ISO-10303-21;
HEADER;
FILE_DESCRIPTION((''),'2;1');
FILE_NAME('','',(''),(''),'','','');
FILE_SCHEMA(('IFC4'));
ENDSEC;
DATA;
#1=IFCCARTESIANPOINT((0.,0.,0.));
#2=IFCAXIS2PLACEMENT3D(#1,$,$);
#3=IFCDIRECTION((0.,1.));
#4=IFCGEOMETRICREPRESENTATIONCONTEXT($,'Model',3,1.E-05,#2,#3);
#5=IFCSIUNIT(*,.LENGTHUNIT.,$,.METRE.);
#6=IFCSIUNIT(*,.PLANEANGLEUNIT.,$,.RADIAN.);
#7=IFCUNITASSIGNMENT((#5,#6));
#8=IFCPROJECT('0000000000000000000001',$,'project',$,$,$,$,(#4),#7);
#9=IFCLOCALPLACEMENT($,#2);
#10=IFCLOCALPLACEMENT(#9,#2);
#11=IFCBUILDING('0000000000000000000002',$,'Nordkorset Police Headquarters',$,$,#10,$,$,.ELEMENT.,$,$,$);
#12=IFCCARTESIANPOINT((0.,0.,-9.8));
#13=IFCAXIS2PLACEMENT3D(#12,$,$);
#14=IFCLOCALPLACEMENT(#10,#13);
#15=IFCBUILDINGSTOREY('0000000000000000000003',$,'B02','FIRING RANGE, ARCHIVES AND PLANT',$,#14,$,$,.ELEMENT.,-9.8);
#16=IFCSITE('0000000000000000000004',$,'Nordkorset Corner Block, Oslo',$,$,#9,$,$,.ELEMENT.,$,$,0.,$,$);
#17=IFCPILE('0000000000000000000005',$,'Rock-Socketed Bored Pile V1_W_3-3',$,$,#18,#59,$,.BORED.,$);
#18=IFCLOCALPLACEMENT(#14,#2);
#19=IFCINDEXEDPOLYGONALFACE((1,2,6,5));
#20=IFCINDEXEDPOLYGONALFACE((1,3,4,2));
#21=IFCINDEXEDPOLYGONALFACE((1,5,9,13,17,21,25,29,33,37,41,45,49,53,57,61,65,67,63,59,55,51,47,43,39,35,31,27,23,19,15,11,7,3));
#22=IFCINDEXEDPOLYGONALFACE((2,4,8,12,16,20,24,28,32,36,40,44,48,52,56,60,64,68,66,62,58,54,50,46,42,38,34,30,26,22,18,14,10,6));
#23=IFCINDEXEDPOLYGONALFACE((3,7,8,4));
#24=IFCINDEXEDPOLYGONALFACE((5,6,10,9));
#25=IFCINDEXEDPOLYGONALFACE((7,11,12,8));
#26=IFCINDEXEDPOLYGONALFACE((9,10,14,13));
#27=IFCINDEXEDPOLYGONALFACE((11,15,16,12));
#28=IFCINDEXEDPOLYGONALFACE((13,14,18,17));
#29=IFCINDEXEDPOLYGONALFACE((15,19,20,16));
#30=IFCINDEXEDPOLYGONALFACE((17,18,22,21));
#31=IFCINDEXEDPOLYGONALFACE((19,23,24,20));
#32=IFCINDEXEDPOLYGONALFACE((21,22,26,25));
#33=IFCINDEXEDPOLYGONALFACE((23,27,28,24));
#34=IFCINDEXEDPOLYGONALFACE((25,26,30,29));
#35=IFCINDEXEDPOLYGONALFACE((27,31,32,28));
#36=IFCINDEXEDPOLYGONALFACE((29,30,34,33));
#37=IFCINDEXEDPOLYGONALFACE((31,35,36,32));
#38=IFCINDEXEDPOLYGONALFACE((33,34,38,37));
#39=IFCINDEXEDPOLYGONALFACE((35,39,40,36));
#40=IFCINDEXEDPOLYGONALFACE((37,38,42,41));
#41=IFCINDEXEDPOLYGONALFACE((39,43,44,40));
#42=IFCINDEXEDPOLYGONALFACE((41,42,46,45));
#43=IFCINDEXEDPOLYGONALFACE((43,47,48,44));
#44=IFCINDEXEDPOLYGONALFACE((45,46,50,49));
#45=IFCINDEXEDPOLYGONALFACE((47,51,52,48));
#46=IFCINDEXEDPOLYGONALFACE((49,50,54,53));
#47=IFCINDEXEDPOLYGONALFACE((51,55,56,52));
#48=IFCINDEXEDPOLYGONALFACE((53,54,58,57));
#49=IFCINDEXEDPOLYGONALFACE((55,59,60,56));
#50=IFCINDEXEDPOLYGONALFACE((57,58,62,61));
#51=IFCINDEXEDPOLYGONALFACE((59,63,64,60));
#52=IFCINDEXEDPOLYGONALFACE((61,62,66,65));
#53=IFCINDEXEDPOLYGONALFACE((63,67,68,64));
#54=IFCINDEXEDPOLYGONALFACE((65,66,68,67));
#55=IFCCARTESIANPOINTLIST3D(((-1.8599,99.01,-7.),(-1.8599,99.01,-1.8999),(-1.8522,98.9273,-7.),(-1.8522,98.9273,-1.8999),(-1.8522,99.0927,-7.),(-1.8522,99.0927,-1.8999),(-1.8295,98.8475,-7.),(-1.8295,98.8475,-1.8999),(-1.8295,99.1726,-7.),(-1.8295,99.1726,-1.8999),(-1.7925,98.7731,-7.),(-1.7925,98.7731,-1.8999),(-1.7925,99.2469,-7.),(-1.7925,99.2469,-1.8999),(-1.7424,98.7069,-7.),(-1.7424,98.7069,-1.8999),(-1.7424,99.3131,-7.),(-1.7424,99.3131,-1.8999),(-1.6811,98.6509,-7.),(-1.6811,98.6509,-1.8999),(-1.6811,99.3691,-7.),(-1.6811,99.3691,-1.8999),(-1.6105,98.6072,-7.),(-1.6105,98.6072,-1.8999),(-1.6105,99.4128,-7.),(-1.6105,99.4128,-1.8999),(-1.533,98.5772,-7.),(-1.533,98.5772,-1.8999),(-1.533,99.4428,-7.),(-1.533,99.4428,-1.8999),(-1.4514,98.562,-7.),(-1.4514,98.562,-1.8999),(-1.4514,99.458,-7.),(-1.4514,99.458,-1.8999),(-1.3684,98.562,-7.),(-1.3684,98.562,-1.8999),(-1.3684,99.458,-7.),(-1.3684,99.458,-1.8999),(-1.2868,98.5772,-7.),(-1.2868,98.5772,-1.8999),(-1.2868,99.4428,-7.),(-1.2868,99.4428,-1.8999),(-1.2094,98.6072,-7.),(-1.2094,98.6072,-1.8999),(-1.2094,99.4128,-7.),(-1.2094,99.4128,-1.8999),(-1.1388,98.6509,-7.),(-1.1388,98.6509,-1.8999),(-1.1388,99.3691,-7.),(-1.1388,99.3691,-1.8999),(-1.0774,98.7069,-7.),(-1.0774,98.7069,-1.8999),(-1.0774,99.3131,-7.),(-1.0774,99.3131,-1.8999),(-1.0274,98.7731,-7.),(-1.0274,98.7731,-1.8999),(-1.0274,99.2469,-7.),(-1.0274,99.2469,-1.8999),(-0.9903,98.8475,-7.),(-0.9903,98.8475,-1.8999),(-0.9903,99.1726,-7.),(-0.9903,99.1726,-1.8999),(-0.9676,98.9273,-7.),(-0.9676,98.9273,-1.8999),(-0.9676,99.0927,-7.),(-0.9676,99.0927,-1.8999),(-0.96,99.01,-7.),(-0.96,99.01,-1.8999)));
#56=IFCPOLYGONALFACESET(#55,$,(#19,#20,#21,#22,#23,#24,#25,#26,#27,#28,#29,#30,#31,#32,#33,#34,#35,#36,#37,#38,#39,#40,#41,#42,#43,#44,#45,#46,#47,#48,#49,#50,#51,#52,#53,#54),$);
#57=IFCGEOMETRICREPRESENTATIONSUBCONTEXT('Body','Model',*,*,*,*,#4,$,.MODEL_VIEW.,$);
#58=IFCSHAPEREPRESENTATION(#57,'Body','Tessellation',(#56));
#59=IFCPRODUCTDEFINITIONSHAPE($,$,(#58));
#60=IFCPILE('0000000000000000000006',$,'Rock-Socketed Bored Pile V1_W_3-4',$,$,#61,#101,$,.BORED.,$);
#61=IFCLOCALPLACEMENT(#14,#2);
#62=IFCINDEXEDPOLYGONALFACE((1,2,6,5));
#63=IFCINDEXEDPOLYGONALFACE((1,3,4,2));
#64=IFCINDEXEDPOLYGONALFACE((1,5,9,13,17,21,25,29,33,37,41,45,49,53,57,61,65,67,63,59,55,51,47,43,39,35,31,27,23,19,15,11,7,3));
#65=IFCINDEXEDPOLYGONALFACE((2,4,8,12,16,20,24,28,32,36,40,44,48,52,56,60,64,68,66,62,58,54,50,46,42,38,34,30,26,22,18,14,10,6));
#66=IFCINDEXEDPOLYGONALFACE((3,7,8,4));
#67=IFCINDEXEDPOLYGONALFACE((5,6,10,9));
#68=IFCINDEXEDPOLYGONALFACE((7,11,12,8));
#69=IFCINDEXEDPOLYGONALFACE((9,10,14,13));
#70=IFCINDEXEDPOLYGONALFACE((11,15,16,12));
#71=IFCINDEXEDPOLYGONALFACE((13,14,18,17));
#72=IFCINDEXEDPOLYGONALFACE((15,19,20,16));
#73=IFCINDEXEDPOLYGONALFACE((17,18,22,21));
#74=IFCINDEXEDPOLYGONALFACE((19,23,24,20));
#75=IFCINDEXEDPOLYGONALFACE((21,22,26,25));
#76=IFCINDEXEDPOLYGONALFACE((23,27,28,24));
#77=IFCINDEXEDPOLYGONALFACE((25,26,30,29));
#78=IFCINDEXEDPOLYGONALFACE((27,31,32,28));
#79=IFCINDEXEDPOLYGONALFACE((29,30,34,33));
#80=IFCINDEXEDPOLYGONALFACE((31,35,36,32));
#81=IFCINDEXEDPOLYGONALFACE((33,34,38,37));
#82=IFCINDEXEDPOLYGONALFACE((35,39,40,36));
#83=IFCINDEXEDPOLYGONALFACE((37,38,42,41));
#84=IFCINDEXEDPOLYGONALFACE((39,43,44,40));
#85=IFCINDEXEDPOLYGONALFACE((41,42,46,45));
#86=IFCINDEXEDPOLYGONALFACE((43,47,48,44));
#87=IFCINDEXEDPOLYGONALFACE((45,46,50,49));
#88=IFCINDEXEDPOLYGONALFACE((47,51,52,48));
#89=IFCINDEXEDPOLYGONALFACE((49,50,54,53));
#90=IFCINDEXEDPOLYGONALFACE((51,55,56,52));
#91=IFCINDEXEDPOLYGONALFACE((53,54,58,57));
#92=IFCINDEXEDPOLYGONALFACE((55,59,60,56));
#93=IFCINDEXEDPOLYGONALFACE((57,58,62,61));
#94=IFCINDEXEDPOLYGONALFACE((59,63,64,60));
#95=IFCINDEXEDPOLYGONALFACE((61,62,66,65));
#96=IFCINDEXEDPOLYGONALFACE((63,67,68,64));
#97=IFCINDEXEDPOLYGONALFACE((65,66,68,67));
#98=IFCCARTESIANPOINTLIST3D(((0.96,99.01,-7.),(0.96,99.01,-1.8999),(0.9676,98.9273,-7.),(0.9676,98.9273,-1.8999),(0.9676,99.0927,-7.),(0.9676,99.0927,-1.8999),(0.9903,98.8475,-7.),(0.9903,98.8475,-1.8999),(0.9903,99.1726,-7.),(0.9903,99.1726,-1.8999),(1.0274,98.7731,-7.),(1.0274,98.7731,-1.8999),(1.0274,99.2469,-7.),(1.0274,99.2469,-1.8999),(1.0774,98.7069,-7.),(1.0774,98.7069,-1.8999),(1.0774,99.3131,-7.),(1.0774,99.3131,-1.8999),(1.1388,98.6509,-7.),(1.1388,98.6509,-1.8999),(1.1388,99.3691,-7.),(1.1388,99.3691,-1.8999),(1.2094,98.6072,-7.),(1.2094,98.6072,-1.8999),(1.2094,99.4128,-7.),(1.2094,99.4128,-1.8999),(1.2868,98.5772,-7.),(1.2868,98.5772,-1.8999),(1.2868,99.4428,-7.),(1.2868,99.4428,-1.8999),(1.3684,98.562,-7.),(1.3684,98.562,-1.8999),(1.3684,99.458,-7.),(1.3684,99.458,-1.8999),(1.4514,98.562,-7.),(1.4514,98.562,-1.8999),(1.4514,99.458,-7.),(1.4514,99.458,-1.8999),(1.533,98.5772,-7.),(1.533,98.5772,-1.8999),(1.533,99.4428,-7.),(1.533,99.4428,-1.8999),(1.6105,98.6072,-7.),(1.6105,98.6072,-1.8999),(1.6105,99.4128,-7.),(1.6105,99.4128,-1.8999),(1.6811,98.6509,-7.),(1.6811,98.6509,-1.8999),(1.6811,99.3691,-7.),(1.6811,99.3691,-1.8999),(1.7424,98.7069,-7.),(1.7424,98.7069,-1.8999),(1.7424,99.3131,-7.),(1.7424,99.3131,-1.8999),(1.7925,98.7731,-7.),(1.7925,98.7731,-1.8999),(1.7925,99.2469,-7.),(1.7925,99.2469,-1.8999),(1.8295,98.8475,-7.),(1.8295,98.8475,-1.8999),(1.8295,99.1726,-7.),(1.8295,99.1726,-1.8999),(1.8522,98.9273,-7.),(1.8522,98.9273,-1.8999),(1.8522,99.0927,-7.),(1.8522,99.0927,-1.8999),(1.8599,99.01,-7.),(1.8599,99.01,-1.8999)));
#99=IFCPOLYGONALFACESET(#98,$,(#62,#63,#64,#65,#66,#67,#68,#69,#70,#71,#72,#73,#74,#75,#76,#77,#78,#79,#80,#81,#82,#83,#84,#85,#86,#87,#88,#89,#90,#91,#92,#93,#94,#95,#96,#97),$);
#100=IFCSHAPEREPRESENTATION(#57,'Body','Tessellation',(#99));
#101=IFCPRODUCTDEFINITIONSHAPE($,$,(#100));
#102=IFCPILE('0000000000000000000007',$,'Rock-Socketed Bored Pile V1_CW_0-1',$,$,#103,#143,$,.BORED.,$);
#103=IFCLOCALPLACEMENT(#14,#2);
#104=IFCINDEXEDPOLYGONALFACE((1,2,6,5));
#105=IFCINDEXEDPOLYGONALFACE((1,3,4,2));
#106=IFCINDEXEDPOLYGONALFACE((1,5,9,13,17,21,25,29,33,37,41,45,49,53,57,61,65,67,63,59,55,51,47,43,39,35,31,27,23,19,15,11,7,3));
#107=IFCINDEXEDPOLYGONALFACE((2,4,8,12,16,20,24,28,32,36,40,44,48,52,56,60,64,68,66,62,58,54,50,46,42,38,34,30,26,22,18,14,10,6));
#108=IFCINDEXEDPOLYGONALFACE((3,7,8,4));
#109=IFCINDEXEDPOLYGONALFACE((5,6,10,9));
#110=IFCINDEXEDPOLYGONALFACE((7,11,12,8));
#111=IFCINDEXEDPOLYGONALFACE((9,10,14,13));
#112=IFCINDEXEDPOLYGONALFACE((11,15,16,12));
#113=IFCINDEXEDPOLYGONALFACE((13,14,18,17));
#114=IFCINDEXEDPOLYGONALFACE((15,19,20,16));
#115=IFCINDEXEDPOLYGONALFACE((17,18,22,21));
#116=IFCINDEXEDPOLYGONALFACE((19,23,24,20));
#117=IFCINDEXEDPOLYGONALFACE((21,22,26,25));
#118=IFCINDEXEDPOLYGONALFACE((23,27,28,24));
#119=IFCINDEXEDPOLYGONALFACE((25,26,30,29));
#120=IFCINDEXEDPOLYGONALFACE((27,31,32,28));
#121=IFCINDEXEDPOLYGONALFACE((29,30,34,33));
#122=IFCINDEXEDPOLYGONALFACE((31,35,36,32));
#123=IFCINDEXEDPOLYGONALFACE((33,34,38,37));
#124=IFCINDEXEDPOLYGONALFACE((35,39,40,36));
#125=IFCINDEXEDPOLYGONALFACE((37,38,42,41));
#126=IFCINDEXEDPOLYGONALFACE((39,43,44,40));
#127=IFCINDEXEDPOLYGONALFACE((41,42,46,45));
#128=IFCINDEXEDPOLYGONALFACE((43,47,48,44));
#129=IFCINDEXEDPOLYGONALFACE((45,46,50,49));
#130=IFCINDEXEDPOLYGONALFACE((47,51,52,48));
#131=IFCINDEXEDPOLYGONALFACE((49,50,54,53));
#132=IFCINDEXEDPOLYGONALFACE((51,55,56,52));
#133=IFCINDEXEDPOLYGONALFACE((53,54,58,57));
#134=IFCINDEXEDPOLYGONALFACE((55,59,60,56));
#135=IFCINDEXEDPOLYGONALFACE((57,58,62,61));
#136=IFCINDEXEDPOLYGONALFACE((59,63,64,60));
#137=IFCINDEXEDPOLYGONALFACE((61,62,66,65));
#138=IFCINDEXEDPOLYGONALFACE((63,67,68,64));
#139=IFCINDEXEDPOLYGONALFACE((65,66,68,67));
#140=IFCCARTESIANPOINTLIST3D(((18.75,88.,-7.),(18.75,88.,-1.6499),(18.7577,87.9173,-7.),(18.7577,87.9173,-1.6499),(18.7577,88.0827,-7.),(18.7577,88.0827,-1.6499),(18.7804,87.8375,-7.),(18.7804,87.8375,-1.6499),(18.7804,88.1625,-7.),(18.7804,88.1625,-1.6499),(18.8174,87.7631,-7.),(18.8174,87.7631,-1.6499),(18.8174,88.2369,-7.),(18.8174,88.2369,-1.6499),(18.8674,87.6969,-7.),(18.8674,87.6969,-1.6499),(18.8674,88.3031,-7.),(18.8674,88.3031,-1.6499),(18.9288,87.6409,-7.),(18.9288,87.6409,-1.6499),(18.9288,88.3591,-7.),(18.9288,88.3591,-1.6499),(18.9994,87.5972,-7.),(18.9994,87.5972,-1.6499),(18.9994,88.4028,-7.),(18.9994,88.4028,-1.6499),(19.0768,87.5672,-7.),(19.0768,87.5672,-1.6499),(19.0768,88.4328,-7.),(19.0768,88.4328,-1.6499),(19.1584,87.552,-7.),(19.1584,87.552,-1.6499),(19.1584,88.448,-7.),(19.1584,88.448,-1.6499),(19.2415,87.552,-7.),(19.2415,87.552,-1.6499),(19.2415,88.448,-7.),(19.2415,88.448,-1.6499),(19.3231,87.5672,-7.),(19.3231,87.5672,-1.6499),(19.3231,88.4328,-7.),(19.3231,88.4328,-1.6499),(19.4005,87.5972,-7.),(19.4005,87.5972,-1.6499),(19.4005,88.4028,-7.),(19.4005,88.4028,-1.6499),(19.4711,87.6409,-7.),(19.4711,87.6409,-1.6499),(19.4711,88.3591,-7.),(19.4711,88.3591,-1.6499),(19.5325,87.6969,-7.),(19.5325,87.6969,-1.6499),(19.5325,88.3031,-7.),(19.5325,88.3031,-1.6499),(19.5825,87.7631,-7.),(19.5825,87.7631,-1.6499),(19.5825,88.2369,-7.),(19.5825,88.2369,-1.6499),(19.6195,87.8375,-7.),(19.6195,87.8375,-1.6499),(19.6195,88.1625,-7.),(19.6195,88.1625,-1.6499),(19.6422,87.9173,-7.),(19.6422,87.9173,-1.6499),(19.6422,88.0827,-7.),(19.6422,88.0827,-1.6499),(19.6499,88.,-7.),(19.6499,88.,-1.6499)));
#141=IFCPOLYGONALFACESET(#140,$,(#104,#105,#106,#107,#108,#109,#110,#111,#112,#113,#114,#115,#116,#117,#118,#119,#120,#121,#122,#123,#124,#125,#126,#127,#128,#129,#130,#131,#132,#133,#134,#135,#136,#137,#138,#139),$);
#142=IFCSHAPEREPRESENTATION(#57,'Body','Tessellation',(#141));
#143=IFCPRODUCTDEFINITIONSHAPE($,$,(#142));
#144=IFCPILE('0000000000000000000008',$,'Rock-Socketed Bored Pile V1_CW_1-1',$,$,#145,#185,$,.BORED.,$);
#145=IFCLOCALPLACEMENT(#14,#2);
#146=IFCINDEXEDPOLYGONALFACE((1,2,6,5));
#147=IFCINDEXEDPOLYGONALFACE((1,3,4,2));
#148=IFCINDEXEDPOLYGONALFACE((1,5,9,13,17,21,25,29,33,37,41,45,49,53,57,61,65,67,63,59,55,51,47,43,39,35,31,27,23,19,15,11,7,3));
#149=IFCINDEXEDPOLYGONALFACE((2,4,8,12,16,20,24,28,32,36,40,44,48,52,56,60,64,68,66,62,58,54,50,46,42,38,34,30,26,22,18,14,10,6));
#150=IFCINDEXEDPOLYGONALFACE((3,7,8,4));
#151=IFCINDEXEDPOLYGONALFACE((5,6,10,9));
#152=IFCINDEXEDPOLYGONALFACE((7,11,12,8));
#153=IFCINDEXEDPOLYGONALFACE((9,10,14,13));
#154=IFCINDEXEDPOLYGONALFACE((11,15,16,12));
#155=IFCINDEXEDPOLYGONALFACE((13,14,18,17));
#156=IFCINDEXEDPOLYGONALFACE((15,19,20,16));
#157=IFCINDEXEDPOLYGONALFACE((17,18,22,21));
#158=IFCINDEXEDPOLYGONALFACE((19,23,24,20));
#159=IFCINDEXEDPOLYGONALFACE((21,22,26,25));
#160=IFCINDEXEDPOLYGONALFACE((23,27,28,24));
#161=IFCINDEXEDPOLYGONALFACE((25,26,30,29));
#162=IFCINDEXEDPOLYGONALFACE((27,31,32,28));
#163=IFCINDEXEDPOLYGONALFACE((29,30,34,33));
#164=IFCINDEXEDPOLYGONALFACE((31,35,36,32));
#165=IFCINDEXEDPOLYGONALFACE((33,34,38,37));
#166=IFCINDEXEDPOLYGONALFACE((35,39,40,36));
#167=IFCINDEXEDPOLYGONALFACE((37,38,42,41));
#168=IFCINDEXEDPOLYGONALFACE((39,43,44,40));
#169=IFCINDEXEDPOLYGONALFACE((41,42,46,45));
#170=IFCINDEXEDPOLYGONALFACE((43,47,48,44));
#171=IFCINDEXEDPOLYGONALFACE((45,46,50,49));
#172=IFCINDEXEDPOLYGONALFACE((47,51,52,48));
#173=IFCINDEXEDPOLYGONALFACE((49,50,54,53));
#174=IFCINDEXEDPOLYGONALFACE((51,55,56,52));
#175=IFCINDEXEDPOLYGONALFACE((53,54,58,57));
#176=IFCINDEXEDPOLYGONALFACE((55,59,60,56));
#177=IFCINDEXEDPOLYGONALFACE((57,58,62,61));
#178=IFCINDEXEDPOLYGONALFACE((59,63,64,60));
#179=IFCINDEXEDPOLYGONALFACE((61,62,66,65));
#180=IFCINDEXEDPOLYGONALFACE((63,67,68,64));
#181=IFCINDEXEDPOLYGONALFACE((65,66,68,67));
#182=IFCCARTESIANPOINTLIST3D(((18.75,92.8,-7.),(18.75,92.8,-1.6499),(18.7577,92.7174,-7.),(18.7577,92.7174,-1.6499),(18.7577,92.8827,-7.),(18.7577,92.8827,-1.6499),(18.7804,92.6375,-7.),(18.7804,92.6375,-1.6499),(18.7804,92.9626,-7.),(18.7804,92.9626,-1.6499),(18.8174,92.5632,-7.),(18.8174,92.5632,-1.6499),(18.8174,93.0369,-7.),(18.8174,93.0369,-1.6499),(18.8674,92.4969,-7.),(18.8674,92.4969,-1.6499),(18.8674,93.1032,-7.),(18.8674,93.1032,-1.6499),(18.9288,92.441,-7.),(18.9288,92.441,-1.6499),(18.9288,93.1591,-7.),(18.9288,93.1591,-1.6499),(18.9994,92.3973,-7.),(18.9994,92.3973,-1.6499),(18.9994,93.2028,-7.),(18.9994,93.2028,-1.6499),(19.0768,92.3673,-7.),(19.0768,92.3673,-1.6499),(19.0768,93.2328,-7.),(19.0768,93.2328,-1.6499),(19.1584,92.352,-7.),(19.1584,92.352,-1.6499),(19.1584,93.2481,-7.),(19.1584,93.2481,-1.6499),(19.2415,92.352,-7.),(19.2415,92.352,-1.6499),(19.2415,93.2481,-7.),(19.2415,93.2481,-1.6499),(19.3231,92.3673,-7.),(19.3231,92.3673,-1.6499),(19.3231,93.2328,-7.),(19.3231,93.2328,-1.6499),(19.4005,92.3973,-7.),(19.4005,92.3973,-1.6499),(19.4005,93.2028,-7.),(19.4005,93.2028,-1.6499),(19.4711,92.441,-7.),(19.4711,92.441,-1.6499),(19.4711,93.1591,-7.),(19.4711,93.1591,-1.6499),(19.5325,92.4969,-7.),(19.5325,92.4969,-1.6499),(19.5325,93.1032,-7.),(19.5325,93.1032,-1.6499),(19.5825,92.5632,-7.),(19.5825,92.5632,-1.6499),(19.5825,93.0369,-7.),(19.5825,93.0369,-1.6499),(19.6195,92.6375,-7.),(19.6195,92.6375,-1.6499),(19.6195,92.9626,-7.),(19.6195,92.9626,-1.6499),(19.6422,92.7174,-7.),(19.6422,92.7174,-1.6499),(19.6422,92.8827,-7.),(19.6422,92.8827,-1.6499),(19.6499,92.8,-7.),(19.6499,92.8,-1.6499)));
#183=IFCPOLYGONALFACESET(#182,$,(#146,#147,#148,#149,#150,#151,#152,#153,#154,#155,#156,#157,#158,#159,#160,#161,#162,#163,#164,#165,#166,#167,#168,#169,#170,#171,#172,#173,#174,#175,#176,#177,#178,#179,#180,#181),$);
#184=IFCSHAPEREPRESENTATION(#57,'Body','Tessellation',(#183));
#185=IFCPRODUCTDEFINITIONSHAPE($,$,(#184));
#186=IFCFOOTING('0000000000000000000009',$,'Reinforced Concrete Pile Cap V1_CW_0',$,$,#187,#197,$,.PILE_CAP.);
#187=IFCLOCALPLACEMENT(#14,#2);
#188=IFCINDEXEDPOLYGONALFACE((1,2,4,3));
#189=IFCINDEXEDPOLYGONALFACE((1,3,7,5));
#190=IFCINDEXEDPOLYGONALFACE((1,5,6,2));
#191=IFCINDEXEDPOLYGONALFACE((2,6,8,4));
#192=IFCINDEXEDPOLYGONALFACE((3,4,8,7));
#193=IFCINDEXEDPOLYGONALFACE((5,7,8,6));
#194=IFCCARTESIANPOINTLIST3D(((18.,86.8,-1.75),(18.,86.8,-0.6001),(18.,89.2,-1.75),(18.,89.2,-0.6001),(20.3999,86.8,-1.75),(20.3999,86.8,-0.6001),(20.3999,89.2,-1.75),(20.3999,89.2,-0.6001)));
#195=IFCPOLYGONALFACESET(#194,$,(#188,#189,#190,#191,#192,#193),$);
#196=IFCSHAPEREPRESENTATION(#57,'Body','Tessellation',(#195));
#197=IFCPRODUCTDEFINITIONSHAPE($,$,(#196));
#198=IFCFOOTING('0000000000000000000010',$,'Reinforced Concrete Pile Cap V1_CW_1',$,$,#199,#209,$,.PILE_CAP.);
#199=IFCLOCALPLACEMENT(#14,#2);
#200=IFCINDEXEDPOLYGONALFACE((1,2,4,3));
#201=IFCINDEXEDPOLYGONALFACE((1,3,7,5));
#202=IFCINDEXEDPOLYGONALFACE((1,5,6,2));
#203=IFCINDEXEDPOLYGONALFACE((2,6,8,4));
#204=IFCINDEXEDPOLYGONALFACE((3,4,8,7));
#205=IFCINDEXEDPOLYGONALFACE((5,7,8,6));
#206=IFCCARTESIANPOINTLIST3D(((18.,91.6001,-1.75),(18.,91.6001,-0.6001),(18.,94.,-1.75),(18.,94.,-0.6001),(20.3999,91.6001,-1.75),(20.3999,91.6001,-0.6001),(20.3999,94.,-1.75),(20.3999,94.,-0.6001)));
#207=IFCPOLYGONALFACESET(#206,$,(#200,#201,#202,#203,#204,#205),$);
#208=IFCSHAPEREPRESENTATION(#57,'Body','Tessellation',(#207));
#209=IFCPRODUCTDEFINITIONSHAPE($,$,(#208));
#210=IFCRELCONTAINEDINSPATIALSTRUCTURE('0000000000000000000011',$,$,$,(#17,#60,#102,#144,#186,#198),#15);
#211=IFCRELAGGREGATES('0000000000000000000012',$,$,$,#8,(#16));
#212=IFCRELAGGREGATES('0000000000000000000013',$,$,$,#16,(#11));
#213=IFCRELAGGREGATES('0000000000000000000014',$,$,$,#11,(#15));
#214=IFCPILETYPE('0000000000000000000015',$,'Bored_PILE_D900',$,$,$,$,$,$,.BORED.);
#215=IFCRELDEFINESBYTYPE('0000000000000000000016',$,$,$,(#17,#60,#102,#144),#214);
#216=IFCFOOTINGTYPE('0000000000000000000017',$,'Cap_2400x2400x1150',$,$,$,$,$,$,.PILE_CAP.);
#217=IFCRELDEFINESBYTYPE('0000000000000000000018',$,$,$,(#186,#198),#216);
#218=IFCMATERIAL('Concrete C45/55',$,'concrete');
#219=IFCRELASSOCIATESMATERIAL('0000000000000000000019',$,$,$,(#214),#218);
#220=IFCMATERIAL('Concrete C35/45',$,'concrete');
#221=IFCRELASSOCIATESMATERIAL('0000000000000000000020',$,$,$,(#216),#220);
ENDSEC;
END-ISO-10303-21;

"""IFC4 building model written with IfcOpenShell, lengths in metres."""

from ifc_helpers import new_model, si_unit, direction, frame, origin, origin_2d, place, context, subcontext, project, spatial, rectangle, circle, extrude, material, material_profile, profile_set, type_object, element, save


model = new_model("IFC4")

# Units and contexts
model_context = context("Model", 3, precision=1e-05, world=origin(), true_north=direction((0.0, 1.0)))
body_context = subcontext(model_context, "Body", "Model", "MODEL_VIEW")
ifc_project = project(units=[si_unit("LENGTHUNIT", "METRE"), si_unit("PLANEANGLEUNIT", "RADIAN")], contexts=[model_context])

# Site, building, storey
site_placement = place(None, origin())
site = spatial("IfcSite", under=ifc_project, at=site_placement, Name="Nordkorset Corner Block, Oslo", CompositionType="ELEMENT", RefElevation=0.0)
building_placement = place(site_placement, origin())
building = spatial("IfcBuilding", under=site, at=building_placement, Name="Nordkorset Police Headquarters", CompositionType="ELEMENT")
storey_placement = place(building_placement, frame((0.0, 0.0, -9.8)))
storey = spatial("IfcBuildingStorey", under=building, at=storey_placement, Name="B02", Description="FIRING RANGE, ARCHIVES AND PLANT", CompositionType="ELEMENT", Elevation=-9.8)

# Piles
ifc_material_1 = material(Name="Concrete C45/55", Category="concrete")
ifc_material_profile_1 = material_profile(ifc_material_1, circle(Radius=0.45, at=origin_2d()), Name="PILE D900")
ifc_profile_set_1 = profile_set([ifc_material_profile_1], Name="Concrete C45/55")
pile_type = type_object("IfcPileType", Name="Bored_PILE_D900", PredefinedType="BORED", material=ifc_profile_set_1)
for number, where, z_axis, x_axis, name in (
    (1, (-1.4099, 99.01, -1.8999), (0.0, 0.0, -1.0), (1.0, 0.0, 0.0), "Rock-Socketed Bored Pile V1_W_3-3"),
    (2, (1.4099, 99.01, -1.8999), (0.0, 0.0, -1.0), (1.0, 0.0, 0.0), "Rock-Socketed Bored Pile V1_W_3-4"),
):
    element("IfcPile", number, at=place(storey_placement, frame(where, z_axis=z_axis, x_axis=x_axis)), inside=storey, type_object=pile_type, Name=name, PredefinedType="BORED", context=body_context, shape_type="SweptSolid", body=[
        extrude(circle(Radius=0.45, at=origin_2d()), origin(), (0.0, 0.0, 1.0), 5.1001),
    ])
for number, where, z_axis, x_axis, name in (
    (3, (19.2, 88.0, -1.6499), (0.0, 0.0, -1.0), (1.0, 0.0, 0.0), "Rock-Socketed Bored Pile V1_CW_0-1"),
    (4, (19.2, 92.8, -1.6499), (0.0, 0.0, -1.0), (1.0, 0.0, 0.0), "Rock-Socketed Bored Pile V1_CW_1-1"),
):
    element("IfcPile", number, at=place(storey_placement, frame(where, z_axis=z_axis, x_axis=x_axis)), inside=storey, type_object=pile_type, Name=name, PredefinedType="BORED", context=body_context, shape_type="SweptSolid", body=[
        extrude(circle(Radius=0.45, at=origin_2d()), origin(), (0.0, 0.0, 1.0), 5.3501),
    ])

# Footings
ifc_material_2 = material(Name="Concrete C35/45", Category="concrete")
footing_type_1 = type_object("IfcFootingType", Name="Cap_2400x2400x1150", PredefinedType="PILE_CAP", material=ifc_material_2)
for number, where, z_axis, x_axis, name in (
    (5, (19.2, 88.0, -1.75), (0.0, 0.0, 1.0), (1.0, 0.0, 0.0), "Reinforced Concrete Pile Cap V1_CW_0"),
    (6, (19.2, 92.8, -1.75), (0.0, 0.0, 1.0), (1.0, 0.0, 0.0), "Reinforced Concrete Pile Cap V1_CW_1"),
):
    element("IfcFooting", number, at=place(storey_placement, frame(where, z_axis=z_axis, x_axis=x_axis)), inside=storey, type_object=footing_type_1, Name=name, PredefinedType="PILE_CAP", context=body_context, shape_type="SweptSolid", body=[
        extrude(rectangle(XDim=2.3999, YDim=2.3999, at=origin_2d()), origin(), (0.0, 0.0, 1.0), 1.1499),
    ])

save(model, "model.ifc")
